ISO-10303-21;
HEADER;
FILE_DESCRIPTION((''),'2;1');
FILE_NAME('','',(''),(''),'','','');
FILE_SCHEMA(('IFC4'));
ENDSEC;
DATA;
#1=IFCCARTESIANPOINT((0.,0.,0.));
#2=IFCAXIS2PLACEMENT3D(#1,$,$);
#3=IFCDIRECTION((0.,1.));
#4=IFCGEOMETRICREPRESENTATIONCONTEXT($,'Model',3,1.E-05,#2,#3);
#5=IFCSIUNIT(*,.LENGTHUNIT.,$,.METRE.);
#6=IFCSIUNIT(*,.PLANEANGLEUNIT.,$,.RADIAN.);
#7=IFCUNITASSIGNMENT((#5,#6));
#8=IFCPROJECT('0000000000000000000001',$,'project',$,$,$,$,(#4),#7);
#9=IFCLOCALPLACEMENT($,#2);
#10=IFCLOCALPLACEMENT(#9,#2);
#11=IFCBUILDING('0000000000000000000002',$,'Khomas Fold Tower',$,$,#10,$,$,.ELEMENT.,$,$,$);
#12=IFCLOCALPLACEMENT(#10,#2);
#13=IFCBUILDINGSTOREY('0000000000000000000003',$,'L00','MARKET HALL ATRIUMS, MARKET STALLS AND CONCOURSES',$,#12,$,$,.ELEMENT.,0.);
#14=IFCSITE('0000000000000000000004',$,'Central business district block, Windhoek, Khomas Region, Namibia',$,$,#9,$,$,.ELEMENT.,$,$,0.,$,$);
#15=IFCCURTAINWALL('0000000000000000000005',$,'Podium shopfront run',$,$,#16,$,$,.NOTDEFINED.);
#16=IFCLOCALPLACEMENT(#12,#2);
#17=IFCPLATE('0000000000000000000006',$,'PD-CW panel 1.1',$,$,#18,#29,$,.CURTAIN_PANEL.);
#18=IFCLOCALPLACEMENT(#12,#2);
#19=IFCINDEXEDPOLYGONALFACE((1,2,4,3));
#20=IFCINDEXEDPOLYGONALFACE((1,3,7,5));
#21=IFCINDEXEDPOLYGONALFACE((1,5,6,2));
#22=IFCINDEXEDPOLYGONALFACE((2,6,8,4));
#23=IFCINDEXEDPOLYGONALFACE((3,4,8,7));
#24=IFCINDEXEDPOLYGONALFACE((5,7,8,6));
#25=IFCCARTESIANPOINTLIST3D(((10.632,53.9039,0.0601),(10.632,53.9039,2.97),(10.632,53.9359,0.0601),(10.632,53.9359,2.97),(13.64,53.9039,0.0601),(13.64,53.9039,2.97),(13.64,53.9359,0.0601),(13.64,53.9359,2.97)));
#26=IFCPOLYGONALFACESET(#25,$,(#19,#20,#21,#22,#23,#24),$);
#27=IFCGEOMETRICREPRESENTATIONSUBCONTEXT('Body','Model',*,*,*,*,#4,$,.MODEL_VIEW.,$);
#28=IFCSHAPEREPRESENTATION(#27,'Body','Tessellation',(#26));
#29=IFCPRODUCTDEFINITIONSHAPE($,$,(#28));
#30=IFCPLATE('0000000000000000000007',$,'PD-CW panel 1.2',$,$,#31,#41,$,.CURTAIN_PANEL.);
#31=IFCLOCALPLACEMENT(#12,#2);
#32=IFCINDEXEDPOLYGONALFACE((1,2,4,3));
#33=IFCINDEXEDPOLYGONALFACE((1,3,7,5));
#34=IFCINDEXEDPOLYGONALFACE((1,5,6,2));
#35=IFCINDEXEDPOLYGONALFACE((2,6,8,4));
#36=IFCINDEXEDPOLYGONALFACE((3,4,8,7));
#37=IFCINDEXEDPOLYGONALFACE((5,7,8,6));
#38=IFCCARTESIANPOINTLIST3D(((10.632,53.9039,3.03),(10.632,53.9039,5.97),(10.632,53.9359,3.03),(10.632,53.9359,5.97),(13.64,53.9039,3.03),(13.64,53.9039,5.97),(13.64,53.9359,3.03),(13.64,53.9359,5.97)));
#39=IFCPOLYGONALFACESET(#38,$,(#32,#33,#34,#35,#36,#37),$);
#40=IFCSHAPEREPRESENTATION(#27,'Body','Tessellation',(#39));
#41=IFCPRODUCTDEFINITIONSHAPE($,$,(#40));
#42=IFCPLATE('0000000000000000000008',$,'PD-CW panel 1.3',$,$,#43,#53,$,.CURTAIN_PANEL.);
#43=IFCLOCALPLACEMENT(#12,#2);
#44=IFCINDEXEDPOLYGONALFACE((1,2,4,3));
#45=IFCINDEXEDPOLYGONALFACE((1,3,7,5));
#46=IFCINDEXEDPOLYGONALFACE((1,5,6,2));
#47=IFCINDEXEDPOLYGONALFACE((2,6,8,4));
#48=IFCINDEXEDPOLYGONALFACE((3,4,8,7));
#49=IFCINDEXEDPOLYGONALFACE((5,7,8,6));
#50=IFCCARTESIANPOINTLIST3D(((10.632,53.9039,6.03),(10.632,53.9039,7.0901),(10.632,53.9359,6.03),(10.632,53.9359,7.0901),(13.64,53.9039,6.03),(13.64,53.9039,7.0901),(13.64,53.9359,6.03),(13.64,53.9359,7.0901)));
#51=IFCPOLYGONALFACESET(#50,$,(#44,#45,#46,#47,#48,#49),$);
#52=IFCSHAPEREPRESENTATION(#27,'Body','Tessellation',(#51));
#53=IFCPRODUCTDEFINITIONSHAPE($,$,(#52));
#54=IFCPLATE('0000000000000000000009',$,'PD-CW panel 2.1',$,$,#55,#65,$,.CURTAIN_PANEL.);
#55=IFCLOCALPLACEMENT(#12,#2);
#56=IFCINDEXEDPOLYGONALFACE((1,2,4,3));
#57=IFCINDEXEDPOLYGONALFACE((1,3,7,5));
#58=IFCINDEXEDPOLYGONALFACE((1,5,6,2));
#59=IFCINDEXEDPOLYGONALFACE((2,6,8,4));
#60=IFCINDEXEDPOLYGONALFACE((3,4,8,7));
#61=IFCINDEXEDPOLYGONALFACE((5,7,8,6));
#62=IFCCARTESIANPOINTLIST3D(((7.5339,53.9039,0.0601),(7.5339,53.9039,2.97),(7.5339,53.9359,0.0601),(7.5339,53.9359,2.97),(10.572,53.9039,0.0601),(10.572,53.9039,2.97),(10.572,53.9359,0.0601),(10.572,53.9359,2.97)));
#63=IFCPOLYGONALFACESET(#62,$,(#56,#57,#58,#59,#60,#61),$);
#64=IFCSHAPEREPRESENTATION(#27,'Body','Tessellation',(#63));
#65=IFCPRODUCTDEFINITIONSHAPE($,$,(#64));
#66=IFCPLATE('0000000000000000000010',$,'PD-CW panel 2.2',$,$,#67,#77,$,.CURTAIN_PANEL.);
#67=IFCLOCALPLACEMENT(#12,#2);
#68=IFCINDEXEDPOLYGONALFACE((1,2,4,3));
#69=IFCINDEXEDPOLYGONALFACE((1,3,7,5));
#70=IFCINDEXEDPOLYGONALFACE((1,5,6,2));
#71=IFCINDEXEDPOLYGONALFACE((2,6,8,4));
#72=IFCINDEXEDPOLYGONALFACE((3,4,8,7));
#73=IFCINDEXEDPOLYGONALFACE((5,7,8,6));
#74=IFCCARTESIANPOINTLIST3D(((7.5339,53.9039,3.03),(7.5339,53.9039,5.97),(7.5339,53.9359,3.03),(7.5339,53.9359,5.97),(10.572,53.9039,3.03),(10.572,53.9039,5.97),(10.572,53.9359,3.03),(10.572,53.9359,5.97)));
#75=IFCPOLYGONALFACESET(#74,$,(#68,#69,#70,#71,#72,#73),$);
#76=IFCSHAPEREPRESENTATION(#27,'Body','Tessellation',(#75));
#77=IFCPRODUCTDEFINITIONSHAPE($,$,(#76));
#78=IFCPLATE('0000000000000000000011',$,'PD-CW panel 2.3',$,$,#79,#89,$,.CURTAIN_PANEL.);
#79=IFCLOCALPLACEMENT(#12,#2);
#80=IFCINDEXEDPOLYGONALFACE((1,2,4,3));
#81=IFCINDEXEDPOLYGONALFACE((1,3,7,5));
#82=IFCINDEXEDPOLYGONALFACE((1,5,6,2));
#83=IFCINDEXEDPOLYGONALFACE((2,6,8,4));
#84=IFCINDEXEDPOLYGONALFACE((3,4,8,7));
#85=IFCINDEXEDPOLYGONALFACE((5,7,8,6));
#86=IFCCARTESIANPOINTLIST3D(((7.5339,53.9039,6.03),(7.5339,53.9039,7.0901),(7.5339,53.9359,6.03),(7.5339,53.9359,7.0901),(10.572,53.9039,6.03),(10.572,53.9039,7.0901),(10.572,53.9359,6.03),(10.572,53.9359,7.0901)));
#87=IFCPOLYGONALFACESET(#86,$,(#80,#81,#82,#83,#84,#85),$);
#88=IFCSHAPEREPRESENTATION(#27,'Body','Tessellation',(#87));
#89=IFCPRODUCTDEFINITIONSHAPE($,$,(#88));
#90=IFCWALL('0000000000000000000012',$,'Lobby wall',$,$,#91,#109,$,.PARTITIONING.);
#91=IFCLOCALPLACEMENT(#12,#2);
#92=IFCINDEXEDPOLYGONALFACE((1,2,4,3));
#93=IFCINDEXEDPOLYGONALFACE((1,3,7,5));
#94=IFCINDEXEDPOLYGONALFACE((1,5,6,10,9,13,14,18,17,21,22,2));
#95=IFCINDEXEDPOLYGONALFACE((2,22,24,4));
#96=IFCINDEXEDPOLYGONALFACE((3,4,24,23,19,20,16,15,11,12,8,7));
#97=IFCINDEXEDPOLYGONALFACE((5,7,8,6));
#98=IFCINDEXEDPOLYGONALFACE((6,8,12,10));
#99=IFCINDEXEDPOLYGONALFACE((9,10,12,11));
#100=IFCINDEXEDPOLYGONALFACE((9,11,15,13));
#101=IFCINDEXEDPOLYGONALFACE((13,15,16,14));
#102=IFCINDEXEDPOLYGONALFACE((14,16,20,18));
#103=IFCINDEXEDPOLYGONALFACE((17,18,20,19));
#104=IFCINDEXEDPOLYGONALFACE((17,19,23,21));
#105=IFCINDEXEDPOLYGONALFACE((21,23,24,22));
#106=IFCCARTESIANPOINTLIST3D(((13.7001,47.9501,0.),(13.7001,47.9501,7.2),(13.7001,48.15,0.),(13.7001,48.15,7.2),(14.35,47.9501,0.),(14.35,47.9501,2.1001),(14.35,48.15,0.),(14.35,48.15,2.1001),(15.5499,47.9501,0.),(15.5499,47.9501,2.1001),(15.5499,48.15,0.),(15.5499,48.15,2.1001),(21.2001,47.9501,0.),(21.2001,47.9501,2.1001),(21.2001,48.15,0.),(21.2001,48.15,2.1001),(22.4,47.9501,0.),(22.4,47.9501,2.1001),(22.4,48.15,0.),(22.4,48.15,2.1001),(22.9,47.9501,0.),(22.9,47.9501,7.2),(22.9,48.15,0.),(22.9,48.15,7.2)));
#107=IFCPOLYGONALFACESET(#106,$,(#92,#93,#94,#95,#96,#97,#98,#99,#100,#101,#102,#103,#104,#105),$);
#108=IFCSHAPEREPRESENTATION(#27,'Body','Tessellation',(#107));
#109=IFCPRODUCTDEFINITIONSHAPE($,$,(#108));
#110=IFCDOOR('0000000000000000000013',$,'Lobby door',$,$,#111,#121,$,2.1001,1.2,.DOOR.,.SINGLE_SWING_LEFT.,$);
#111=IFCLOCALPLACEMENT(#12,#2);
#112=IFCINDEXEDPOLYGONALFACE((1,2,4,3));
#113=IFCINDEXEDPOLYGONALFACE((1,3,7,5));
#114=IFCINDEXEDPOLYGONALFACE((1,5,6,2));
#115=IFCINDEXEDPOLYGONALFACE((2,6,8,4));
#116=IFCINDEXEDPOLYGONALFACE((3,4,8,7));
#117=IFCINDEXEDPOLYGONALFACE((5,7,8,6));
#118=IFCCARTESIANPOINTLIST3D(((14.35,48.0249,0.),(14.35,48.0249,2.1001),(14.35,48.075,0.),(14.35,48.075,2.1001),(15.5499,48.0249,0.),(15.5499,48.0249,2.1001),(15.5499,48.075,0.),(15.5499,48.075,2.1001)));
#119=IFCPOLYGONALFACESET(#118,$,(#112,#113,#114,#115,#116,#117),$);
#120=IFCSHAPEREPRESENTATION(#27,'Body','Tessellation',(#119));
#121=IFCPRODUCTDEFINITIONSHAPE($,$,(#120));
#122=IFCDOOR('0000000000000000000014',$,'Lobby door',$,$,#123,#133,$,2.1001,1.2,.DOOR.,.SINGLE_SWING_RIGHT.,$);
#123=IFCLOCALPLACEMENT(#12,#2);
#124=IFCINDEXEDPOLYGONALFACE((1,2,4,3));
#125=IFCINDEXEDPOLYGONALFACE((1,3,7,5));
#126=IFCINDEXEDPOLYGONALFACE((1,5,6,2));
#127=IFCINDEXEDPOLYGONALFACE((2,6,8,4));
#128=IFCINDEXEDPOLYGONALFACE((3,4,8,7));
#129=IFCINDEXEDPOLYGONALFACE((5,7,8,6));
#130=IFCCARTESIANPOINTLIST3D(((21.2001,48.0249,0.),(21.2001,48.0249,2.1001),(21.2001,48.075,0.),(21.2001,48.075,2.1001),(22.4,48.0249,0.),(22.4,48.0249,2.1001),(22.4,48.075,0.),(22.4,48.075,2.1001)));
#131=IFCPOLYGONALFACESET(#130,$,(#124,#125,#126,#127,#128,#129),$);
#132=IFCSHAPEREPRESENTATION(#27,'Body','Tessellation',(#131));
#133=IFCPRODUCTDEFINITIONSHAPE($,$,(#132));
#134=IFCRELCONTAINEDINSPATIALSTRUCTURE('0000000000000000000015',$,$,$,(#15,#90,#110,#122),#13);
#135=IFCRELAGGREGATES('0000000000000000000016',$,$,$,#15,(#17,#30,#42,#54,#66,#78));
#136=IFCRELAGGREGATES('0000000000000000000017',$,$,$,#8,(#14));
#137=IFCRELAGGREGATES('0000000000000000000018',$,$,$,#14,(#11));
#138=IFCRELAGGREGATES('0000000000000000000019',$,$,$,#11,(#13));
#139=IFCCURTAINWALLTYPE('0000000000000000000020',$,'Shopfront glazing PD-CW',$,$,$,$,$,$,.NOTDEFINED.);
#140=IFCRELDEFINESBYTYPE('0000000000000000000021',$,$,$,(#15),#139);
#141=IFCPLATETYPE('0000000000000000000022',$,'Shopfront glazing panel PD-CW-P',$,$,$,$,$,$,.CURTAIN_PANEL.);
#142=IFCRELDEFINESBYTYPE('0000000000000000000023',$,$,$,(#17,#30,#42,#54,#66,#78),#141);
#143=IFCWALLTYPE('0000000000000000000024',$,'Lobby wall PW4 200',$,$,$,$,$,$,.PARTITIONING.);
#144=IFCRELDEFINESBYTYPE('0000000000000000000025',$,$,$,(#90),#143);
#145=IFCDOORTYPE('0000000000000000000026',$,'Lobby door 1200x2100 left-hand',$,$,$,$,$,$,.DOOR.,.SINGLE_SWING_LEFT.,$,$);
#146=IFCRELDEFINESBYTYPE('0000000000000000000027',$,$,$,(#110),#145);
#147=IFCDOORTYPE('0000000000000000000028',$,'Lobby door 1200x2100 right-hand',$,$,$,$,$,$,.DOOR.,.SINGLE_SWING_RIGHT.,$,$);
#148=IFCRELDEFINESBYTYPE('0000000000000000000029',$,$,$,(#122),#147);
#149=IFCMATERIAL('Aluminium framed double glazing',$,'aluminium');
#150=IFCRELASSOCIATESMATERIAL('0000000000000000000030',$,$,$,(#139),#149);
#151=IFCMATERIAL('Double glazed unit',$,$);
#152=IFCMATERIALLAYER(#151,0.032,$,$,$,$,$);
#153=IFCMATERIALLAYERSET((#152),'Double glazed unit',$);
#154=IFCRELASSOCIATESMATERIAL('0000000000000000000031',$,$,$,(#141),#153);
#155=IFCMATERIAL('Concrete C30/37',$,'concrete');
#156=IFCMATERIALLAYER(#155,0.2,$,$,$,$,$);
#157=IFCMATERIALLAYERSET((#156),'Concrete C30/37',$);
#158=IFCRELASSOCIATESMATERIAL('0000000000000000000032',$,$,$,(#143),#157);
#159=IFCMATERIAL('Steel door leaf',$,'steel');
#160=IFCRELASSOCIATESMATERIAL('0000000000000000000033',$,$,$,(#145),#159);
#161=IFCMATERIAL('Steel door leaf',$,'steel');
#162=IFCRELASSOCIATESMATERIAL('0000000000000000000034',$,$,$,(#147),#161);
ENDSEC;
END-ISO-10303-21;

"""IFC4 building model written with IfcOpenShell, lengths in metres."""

from ifc_helpers import new_model, si_unit, direction, frame, frame_2d, origin, origin_2d, place, context, subcontext, project, spatial, rectangle, extrude, source, transform, mapped, material, layer, layer_set, type_object, element, fill, aggregate, save


model = new_model("IFC4")

# Units and contexts
model_context = context("Model", 3, precision=1e-05, world=origin(), true_north=direction((0.0, 1.0)))
body_context = subcontext(model_context, "Body", "Model", "MODEL_VIEW")
ifc_project = project(units=[si_unit("LENGTHUNIT", "METRE"), si_unit("PLANEANGLEUNIT", "RADIAN")], contexts=[model_context])

# Site, building, storey
site_placement = place(None, origin())
site = spatial("IfcSite", under=ifc_project, at=site_placement, Name="Central business district block, Windhoek, Khomas Region, Namibia", CompositionType="ELEMENT", RefElevation=0.0)
building_placement = place(site_placement, origin())
building = spatial("IfcBuilding", under=site, at=building_placement, Name="Khomas Fold Tower", CompositionType="ELEMENT")
storey_placement = place(building_placement, origin())
storey = spatial("IfcBuildingStorey", under=building, at=storey_placement, Name="L00", Description="MARKET HALL ATRIUMS, MARKET STALLS AND CONCOURSES", CompositionType="ELEMENT", Elevation=0.0)

# Curtain wall, plates
ifc_material_1 = material(Name="Aluminium framed double glazing", Category="aluminium")
curtain_wall_type = type_object("IfcCurtainWallType", Name="Shopfront glazing PD-CW", PredefinedType="NOTDEFINED", material=ifc_material_1)
curtain_wall_placement = place(storey_placement, origin())
curtain_wall = element("IfcCurtainWall", 1, at=curtain_wall_placement, inside=storey, type_object=curtain_wall_type, Name="Podium shopfront run", PredefinedType="NOTDEFINED")
ifc_material_2 = material(Name="Double glazed unit")
ifc_layer_1 = layer(ifc_material_2, 0.032)
ifc_layer_set_1 = layer_set([ifc_layer_1], Name="Double glazed unit")
plate_type = type_object("IfcPlateType", Name="Shopfront glazing panel PD-CW-P", PredefinedType="CURTAIN_PANEL", material=ifc_layer_set_1)
shared_shape_1 = source(origin(), body_context, "Body", "SweptSolid", [
    extrude(rectangle(XDim=3.0081, YDim=0.032, at=origin_2d()), origin(), (0.0, 0.0, 1.0), 2.9099),
])
plate_1_placement = place(storey_placement, frame((12.136, 53.9199, 0.0601), z_axis=(0.0, 0.0, 1.0), x_axis=(-1.0, 0.0, 0.0)))
plate_1 = element("IfcPlate", 2, at=plate_1_placement, type_object=plate_type, Name="PD-CW panel 1.1", PredefinedType="CURTAIN_PANEL", context=body_context, shape_type="MappedRepresentation", body=[
    mapped(shared_shape_1, transform((0.0, 0.0, 0.0))),
])
shared_shape_2 = source(origin(), body_context, "Body", "SweptSolid", [
    extrude(rectangle(XDim=3.0081, YDim=0.032, at=origin_2d()), origin(), (0.0, 0.0, 1.0), 2.9399),
])
plate_2_placement = place(storey_placement, frame((12.136, 53.9199, 3.03), z_axis=(0.0, 0.0, 1.0), x_axis=(-1.0, 0.0, 0.0)))
plate_2 = element("IfcPlate", 3, at=plate_2_placement, type_object=plate_type, Name="PD-CW panel 1.2", PredefinedType="CURTAIN_PANEL", context=body_context, shape_type="MappedRepresentation", body=[
    mapped(shared_shape_2, transform((0.0, 0.0, 0.0))),
])
shared_shape_3 = source(origin(), body_context, "Body", "SweptSolid", [
    extrude(rectangle(XDim=3.0081, YDim=0.032, at=origin_2d()), origin(), (0.0, 0.0, 1.0), 1.0601),
])
plate_3_placement = place(storey_placement, frame((12.136, 53.9199, 6.03), z_axis=(0.0, 0.0, 1.0), x_axis=(-1.0, 0.0, 0.0)))
plate_3 = element("IfcPlate", 4, at=plate_3_placement, type_object=plate_type, Name="PD-CW panel 1.3", PredefinedType="CURTAIN_PANEL", context=body_context, shape_type="MappedRepresentation", body=[
    mapped(shared_shape_3, transform((0.0, 0.0, 0.0))),
])
shared_shape_4 = source(origin(), body_context, "Body", "SweptSolid", [
    extrude(rectangle(XDim=3.0381, YDim=0.032, at=origin_2d()), origin(), (0.0, 0.0, 1.0), 2.9099),
])
plate_4_placement = place(storey_placement, frame((9.053, 53.9199, 0.0601), z_axis=(0.0, 0.0, 1.0), x_axis=(-1.0, 0.0, 0.0)))
plate_4 = element("IfcPlate", 5, at=plate_4_placement, type_object=plate_type, Name="PD-CW panel 2.1", PredefinedType="CURTAIN_PANEL", context=body_context, shape_type="MappedRepresentation", body=[
    mapped(shared_shape_4, transform((0.0, 0.0, 0.0))),
])
shared_shape_5 = source(origin(), body_context, "Body", "SweptSolid", [
    extrude(rectangle(XDim=3.0381, YDim=0.032, at=origin_2d()), origin(), (0.0, 0.0, 1.0), 2.9399),
])
plate_5_placement = place(storey_placement, frame((9.053, 53.9199, 3.03), z_axis=(0.0, 0.0, 1.0), x_axis=(-1.0, 0.0, 0.0)))
plate_5 = element("IfcPlate", 6, at=plate_5_placement, type_object=plate_type, Name="PD-CW panel 2.2", PredefinedType="CURTAIN_PANEL", context=body_context, shape_type="MappedRepresentation", body=[
    mapped(shared_shape_5, transform((0.0, 0.0, 0.0))),
])
shared_shape_6 = source(origin(), body_context, "Body", "SweptSolid", [
    extrude(rectangle(XDim=3.0381, YDim=0.032, at=origin_2d()), origin(), (0.0, 0.0, 1.0), 1.0601),
])
plate_6_placement = place(storey_placement, frame((9.053, 53.9199, 6.03), z_axis=(0.0, 0.0, 1.0), x_axis=(-1.0, 0.0, 0.0)))
plate_6 = element("IfcPlate", 7, at=plate_6_placement, type_object=plate_type, Name="PD-CW panel 2.3", PredefinedType="CURTAIN_PANEL", context=body_context, shape_type="MappedRepresentation", body=[
    mapped(shared_shape_6, transform((0.0, 0.0, 0.0))),
])
aggregate(curtain_wall, [plate_1, plate_2, plate_3, plate_4, plate_5, plate_6])

# Wall, openings, doors
ifc_material_3 = material(Name="Concrete C30/37", Category="concrete")
ifc_layer_2 = layer(ifc_material_3, 0.2)
ifc_layer_set_2 = layer_set([ifc_layer_2], Name="Concrete C30/37")
wall_type = type_object("IfcWallType", Name="Lobby wall PW4 200", PredefinedType="PARTITIONING", material=ifc_layer_set_2)
shared_shape_7 = source(origin(), body_context, "Body", "SweptSolid", [
    extrude(rectangle(XDim=9.2, YDim=0.2, at=frame_2d((4.6001, 0.0))), origin(), (0.0, 0.0, 1.0), 7.2),
])
wall_placement = place(storey_placement, frame((13.7, 48.05, 0.0), z_axis=(0.0, 0.0, 1.0), x_axis=(1.0, 0.0, 0.0)))
wall = element("IfcWall", 8, at=wall_placement, inside=storey, type_object=wall_type, Name="Lobby wall", PredefinedType="PARTITIONING", context=body_context, shape_type="MappedRepresentation", body=[
    mapped(shared_shape_7, transform((0.0, 0.0, 0.0))),
])
shared_shape_8 = source(origin(), body_context, "Body", "SweptSolid", [
    extrude(rectangle(XDim=1.2, YDim=2.1001, at=frame_2d((0.6001, 1.05))), frame((0.0, 0.1099, 0.0), z_axis=(0.0, -1.0, 0.0), x_axis=(1.0, 0.0, 0.0)), (0.0, 0.0, 1.0), 0.22),
])
opening_1_placement = place(wall_placement, frame((0.6499, 0.0, 0.0)))
opening_1 = element("IfcOpeningElement", 9, at=opening_1_placement, cuts=wall, PredefinedType="OPENING", context=body_context, shape_type="MappedRepresentation", body=[
    mapped(shared_shape_8, transform((0.0, 0.0, 0.0))),
])
opening_2_placement = place(wall_placement, frame((7.5, 0.0, 0.0)))
opening_2 = element("IfcOpeningElement", 10, at=opening_2_placement, cuts=wall, PredefinedType="OPENING", context=body_context, shape_type="MappedRepresentation", body=[
    mapped(shared_shape_8, transform((0.0, 0.0, 0.0))),
])
ifc_material_4 = material(Name="Steel door leaf", Category="steel")
door_type_1 = type_object("IfcDoorType", Name="Lobby door 1200x2100 left-hand", OperationType="SINGLE_SWING_LEFT", PredefinedType="DOOR", material=ifc_material_4)
shared_shape_9 = source(origin(), body_context, "Body", "SweptSolid", [
    extrude(rectangle(XDim=1.2, YDim=2.1001, at=frame_2d((0.6001, 1.05))), frame((0.0, 0.0249, 0.0), z_axis=(0.0, -1.0, 0.0), x_axis=(1.0, 0.0, 0.0)), (0.0, 0.0, 1.0), 0.05),
])
door_1_placement = place(opening_1_placement, origin())
door_1 = element("IfcDoor", 11, at=door_1_placement, inside=storey, type_object=door_type_1, Name="Lobby door", OperationType="SINGLE_SWING_LEFT", OverallHeight=2.1001, OverallWidth=1.2, PredefinedType="DOOR", context=body_context, shape_type="MappedRepresentation", body=[
    mapped(shared_shape_9, transform((0.0, 0.0, 0.0))),
])
fill(opening_1, door_1)
ifc_material_5 = material(Name="Steel door leaf", Category="steel")
door_type_2 = type_object("IfcDoorType", Name="Lobby door 1200x2100 right-hand", OperationType="SINGLE_SWING_RIGHT", PredefinedType="DOOR", material=ifc_material_5)
door_2_placement = place(opening_2_placement, origin())
door_2 = element("IfcDoor", 12, at=door_2_placement, inside=storey, type_object=door_type_2, Name="Lobby door", OperationType="SINGLE_SWING_RIGHT", OverallHeight=2.1001, OverallWidth=1.2, PredefinedType="DOOR", context=body_context, shape_type="MappedRepresentation", body=[
    mapped(shared_shape_9, transform((0.0, 0.0, 0.0))),
])
fill(opening_2, door_2)

save(model, "model.ifc")
